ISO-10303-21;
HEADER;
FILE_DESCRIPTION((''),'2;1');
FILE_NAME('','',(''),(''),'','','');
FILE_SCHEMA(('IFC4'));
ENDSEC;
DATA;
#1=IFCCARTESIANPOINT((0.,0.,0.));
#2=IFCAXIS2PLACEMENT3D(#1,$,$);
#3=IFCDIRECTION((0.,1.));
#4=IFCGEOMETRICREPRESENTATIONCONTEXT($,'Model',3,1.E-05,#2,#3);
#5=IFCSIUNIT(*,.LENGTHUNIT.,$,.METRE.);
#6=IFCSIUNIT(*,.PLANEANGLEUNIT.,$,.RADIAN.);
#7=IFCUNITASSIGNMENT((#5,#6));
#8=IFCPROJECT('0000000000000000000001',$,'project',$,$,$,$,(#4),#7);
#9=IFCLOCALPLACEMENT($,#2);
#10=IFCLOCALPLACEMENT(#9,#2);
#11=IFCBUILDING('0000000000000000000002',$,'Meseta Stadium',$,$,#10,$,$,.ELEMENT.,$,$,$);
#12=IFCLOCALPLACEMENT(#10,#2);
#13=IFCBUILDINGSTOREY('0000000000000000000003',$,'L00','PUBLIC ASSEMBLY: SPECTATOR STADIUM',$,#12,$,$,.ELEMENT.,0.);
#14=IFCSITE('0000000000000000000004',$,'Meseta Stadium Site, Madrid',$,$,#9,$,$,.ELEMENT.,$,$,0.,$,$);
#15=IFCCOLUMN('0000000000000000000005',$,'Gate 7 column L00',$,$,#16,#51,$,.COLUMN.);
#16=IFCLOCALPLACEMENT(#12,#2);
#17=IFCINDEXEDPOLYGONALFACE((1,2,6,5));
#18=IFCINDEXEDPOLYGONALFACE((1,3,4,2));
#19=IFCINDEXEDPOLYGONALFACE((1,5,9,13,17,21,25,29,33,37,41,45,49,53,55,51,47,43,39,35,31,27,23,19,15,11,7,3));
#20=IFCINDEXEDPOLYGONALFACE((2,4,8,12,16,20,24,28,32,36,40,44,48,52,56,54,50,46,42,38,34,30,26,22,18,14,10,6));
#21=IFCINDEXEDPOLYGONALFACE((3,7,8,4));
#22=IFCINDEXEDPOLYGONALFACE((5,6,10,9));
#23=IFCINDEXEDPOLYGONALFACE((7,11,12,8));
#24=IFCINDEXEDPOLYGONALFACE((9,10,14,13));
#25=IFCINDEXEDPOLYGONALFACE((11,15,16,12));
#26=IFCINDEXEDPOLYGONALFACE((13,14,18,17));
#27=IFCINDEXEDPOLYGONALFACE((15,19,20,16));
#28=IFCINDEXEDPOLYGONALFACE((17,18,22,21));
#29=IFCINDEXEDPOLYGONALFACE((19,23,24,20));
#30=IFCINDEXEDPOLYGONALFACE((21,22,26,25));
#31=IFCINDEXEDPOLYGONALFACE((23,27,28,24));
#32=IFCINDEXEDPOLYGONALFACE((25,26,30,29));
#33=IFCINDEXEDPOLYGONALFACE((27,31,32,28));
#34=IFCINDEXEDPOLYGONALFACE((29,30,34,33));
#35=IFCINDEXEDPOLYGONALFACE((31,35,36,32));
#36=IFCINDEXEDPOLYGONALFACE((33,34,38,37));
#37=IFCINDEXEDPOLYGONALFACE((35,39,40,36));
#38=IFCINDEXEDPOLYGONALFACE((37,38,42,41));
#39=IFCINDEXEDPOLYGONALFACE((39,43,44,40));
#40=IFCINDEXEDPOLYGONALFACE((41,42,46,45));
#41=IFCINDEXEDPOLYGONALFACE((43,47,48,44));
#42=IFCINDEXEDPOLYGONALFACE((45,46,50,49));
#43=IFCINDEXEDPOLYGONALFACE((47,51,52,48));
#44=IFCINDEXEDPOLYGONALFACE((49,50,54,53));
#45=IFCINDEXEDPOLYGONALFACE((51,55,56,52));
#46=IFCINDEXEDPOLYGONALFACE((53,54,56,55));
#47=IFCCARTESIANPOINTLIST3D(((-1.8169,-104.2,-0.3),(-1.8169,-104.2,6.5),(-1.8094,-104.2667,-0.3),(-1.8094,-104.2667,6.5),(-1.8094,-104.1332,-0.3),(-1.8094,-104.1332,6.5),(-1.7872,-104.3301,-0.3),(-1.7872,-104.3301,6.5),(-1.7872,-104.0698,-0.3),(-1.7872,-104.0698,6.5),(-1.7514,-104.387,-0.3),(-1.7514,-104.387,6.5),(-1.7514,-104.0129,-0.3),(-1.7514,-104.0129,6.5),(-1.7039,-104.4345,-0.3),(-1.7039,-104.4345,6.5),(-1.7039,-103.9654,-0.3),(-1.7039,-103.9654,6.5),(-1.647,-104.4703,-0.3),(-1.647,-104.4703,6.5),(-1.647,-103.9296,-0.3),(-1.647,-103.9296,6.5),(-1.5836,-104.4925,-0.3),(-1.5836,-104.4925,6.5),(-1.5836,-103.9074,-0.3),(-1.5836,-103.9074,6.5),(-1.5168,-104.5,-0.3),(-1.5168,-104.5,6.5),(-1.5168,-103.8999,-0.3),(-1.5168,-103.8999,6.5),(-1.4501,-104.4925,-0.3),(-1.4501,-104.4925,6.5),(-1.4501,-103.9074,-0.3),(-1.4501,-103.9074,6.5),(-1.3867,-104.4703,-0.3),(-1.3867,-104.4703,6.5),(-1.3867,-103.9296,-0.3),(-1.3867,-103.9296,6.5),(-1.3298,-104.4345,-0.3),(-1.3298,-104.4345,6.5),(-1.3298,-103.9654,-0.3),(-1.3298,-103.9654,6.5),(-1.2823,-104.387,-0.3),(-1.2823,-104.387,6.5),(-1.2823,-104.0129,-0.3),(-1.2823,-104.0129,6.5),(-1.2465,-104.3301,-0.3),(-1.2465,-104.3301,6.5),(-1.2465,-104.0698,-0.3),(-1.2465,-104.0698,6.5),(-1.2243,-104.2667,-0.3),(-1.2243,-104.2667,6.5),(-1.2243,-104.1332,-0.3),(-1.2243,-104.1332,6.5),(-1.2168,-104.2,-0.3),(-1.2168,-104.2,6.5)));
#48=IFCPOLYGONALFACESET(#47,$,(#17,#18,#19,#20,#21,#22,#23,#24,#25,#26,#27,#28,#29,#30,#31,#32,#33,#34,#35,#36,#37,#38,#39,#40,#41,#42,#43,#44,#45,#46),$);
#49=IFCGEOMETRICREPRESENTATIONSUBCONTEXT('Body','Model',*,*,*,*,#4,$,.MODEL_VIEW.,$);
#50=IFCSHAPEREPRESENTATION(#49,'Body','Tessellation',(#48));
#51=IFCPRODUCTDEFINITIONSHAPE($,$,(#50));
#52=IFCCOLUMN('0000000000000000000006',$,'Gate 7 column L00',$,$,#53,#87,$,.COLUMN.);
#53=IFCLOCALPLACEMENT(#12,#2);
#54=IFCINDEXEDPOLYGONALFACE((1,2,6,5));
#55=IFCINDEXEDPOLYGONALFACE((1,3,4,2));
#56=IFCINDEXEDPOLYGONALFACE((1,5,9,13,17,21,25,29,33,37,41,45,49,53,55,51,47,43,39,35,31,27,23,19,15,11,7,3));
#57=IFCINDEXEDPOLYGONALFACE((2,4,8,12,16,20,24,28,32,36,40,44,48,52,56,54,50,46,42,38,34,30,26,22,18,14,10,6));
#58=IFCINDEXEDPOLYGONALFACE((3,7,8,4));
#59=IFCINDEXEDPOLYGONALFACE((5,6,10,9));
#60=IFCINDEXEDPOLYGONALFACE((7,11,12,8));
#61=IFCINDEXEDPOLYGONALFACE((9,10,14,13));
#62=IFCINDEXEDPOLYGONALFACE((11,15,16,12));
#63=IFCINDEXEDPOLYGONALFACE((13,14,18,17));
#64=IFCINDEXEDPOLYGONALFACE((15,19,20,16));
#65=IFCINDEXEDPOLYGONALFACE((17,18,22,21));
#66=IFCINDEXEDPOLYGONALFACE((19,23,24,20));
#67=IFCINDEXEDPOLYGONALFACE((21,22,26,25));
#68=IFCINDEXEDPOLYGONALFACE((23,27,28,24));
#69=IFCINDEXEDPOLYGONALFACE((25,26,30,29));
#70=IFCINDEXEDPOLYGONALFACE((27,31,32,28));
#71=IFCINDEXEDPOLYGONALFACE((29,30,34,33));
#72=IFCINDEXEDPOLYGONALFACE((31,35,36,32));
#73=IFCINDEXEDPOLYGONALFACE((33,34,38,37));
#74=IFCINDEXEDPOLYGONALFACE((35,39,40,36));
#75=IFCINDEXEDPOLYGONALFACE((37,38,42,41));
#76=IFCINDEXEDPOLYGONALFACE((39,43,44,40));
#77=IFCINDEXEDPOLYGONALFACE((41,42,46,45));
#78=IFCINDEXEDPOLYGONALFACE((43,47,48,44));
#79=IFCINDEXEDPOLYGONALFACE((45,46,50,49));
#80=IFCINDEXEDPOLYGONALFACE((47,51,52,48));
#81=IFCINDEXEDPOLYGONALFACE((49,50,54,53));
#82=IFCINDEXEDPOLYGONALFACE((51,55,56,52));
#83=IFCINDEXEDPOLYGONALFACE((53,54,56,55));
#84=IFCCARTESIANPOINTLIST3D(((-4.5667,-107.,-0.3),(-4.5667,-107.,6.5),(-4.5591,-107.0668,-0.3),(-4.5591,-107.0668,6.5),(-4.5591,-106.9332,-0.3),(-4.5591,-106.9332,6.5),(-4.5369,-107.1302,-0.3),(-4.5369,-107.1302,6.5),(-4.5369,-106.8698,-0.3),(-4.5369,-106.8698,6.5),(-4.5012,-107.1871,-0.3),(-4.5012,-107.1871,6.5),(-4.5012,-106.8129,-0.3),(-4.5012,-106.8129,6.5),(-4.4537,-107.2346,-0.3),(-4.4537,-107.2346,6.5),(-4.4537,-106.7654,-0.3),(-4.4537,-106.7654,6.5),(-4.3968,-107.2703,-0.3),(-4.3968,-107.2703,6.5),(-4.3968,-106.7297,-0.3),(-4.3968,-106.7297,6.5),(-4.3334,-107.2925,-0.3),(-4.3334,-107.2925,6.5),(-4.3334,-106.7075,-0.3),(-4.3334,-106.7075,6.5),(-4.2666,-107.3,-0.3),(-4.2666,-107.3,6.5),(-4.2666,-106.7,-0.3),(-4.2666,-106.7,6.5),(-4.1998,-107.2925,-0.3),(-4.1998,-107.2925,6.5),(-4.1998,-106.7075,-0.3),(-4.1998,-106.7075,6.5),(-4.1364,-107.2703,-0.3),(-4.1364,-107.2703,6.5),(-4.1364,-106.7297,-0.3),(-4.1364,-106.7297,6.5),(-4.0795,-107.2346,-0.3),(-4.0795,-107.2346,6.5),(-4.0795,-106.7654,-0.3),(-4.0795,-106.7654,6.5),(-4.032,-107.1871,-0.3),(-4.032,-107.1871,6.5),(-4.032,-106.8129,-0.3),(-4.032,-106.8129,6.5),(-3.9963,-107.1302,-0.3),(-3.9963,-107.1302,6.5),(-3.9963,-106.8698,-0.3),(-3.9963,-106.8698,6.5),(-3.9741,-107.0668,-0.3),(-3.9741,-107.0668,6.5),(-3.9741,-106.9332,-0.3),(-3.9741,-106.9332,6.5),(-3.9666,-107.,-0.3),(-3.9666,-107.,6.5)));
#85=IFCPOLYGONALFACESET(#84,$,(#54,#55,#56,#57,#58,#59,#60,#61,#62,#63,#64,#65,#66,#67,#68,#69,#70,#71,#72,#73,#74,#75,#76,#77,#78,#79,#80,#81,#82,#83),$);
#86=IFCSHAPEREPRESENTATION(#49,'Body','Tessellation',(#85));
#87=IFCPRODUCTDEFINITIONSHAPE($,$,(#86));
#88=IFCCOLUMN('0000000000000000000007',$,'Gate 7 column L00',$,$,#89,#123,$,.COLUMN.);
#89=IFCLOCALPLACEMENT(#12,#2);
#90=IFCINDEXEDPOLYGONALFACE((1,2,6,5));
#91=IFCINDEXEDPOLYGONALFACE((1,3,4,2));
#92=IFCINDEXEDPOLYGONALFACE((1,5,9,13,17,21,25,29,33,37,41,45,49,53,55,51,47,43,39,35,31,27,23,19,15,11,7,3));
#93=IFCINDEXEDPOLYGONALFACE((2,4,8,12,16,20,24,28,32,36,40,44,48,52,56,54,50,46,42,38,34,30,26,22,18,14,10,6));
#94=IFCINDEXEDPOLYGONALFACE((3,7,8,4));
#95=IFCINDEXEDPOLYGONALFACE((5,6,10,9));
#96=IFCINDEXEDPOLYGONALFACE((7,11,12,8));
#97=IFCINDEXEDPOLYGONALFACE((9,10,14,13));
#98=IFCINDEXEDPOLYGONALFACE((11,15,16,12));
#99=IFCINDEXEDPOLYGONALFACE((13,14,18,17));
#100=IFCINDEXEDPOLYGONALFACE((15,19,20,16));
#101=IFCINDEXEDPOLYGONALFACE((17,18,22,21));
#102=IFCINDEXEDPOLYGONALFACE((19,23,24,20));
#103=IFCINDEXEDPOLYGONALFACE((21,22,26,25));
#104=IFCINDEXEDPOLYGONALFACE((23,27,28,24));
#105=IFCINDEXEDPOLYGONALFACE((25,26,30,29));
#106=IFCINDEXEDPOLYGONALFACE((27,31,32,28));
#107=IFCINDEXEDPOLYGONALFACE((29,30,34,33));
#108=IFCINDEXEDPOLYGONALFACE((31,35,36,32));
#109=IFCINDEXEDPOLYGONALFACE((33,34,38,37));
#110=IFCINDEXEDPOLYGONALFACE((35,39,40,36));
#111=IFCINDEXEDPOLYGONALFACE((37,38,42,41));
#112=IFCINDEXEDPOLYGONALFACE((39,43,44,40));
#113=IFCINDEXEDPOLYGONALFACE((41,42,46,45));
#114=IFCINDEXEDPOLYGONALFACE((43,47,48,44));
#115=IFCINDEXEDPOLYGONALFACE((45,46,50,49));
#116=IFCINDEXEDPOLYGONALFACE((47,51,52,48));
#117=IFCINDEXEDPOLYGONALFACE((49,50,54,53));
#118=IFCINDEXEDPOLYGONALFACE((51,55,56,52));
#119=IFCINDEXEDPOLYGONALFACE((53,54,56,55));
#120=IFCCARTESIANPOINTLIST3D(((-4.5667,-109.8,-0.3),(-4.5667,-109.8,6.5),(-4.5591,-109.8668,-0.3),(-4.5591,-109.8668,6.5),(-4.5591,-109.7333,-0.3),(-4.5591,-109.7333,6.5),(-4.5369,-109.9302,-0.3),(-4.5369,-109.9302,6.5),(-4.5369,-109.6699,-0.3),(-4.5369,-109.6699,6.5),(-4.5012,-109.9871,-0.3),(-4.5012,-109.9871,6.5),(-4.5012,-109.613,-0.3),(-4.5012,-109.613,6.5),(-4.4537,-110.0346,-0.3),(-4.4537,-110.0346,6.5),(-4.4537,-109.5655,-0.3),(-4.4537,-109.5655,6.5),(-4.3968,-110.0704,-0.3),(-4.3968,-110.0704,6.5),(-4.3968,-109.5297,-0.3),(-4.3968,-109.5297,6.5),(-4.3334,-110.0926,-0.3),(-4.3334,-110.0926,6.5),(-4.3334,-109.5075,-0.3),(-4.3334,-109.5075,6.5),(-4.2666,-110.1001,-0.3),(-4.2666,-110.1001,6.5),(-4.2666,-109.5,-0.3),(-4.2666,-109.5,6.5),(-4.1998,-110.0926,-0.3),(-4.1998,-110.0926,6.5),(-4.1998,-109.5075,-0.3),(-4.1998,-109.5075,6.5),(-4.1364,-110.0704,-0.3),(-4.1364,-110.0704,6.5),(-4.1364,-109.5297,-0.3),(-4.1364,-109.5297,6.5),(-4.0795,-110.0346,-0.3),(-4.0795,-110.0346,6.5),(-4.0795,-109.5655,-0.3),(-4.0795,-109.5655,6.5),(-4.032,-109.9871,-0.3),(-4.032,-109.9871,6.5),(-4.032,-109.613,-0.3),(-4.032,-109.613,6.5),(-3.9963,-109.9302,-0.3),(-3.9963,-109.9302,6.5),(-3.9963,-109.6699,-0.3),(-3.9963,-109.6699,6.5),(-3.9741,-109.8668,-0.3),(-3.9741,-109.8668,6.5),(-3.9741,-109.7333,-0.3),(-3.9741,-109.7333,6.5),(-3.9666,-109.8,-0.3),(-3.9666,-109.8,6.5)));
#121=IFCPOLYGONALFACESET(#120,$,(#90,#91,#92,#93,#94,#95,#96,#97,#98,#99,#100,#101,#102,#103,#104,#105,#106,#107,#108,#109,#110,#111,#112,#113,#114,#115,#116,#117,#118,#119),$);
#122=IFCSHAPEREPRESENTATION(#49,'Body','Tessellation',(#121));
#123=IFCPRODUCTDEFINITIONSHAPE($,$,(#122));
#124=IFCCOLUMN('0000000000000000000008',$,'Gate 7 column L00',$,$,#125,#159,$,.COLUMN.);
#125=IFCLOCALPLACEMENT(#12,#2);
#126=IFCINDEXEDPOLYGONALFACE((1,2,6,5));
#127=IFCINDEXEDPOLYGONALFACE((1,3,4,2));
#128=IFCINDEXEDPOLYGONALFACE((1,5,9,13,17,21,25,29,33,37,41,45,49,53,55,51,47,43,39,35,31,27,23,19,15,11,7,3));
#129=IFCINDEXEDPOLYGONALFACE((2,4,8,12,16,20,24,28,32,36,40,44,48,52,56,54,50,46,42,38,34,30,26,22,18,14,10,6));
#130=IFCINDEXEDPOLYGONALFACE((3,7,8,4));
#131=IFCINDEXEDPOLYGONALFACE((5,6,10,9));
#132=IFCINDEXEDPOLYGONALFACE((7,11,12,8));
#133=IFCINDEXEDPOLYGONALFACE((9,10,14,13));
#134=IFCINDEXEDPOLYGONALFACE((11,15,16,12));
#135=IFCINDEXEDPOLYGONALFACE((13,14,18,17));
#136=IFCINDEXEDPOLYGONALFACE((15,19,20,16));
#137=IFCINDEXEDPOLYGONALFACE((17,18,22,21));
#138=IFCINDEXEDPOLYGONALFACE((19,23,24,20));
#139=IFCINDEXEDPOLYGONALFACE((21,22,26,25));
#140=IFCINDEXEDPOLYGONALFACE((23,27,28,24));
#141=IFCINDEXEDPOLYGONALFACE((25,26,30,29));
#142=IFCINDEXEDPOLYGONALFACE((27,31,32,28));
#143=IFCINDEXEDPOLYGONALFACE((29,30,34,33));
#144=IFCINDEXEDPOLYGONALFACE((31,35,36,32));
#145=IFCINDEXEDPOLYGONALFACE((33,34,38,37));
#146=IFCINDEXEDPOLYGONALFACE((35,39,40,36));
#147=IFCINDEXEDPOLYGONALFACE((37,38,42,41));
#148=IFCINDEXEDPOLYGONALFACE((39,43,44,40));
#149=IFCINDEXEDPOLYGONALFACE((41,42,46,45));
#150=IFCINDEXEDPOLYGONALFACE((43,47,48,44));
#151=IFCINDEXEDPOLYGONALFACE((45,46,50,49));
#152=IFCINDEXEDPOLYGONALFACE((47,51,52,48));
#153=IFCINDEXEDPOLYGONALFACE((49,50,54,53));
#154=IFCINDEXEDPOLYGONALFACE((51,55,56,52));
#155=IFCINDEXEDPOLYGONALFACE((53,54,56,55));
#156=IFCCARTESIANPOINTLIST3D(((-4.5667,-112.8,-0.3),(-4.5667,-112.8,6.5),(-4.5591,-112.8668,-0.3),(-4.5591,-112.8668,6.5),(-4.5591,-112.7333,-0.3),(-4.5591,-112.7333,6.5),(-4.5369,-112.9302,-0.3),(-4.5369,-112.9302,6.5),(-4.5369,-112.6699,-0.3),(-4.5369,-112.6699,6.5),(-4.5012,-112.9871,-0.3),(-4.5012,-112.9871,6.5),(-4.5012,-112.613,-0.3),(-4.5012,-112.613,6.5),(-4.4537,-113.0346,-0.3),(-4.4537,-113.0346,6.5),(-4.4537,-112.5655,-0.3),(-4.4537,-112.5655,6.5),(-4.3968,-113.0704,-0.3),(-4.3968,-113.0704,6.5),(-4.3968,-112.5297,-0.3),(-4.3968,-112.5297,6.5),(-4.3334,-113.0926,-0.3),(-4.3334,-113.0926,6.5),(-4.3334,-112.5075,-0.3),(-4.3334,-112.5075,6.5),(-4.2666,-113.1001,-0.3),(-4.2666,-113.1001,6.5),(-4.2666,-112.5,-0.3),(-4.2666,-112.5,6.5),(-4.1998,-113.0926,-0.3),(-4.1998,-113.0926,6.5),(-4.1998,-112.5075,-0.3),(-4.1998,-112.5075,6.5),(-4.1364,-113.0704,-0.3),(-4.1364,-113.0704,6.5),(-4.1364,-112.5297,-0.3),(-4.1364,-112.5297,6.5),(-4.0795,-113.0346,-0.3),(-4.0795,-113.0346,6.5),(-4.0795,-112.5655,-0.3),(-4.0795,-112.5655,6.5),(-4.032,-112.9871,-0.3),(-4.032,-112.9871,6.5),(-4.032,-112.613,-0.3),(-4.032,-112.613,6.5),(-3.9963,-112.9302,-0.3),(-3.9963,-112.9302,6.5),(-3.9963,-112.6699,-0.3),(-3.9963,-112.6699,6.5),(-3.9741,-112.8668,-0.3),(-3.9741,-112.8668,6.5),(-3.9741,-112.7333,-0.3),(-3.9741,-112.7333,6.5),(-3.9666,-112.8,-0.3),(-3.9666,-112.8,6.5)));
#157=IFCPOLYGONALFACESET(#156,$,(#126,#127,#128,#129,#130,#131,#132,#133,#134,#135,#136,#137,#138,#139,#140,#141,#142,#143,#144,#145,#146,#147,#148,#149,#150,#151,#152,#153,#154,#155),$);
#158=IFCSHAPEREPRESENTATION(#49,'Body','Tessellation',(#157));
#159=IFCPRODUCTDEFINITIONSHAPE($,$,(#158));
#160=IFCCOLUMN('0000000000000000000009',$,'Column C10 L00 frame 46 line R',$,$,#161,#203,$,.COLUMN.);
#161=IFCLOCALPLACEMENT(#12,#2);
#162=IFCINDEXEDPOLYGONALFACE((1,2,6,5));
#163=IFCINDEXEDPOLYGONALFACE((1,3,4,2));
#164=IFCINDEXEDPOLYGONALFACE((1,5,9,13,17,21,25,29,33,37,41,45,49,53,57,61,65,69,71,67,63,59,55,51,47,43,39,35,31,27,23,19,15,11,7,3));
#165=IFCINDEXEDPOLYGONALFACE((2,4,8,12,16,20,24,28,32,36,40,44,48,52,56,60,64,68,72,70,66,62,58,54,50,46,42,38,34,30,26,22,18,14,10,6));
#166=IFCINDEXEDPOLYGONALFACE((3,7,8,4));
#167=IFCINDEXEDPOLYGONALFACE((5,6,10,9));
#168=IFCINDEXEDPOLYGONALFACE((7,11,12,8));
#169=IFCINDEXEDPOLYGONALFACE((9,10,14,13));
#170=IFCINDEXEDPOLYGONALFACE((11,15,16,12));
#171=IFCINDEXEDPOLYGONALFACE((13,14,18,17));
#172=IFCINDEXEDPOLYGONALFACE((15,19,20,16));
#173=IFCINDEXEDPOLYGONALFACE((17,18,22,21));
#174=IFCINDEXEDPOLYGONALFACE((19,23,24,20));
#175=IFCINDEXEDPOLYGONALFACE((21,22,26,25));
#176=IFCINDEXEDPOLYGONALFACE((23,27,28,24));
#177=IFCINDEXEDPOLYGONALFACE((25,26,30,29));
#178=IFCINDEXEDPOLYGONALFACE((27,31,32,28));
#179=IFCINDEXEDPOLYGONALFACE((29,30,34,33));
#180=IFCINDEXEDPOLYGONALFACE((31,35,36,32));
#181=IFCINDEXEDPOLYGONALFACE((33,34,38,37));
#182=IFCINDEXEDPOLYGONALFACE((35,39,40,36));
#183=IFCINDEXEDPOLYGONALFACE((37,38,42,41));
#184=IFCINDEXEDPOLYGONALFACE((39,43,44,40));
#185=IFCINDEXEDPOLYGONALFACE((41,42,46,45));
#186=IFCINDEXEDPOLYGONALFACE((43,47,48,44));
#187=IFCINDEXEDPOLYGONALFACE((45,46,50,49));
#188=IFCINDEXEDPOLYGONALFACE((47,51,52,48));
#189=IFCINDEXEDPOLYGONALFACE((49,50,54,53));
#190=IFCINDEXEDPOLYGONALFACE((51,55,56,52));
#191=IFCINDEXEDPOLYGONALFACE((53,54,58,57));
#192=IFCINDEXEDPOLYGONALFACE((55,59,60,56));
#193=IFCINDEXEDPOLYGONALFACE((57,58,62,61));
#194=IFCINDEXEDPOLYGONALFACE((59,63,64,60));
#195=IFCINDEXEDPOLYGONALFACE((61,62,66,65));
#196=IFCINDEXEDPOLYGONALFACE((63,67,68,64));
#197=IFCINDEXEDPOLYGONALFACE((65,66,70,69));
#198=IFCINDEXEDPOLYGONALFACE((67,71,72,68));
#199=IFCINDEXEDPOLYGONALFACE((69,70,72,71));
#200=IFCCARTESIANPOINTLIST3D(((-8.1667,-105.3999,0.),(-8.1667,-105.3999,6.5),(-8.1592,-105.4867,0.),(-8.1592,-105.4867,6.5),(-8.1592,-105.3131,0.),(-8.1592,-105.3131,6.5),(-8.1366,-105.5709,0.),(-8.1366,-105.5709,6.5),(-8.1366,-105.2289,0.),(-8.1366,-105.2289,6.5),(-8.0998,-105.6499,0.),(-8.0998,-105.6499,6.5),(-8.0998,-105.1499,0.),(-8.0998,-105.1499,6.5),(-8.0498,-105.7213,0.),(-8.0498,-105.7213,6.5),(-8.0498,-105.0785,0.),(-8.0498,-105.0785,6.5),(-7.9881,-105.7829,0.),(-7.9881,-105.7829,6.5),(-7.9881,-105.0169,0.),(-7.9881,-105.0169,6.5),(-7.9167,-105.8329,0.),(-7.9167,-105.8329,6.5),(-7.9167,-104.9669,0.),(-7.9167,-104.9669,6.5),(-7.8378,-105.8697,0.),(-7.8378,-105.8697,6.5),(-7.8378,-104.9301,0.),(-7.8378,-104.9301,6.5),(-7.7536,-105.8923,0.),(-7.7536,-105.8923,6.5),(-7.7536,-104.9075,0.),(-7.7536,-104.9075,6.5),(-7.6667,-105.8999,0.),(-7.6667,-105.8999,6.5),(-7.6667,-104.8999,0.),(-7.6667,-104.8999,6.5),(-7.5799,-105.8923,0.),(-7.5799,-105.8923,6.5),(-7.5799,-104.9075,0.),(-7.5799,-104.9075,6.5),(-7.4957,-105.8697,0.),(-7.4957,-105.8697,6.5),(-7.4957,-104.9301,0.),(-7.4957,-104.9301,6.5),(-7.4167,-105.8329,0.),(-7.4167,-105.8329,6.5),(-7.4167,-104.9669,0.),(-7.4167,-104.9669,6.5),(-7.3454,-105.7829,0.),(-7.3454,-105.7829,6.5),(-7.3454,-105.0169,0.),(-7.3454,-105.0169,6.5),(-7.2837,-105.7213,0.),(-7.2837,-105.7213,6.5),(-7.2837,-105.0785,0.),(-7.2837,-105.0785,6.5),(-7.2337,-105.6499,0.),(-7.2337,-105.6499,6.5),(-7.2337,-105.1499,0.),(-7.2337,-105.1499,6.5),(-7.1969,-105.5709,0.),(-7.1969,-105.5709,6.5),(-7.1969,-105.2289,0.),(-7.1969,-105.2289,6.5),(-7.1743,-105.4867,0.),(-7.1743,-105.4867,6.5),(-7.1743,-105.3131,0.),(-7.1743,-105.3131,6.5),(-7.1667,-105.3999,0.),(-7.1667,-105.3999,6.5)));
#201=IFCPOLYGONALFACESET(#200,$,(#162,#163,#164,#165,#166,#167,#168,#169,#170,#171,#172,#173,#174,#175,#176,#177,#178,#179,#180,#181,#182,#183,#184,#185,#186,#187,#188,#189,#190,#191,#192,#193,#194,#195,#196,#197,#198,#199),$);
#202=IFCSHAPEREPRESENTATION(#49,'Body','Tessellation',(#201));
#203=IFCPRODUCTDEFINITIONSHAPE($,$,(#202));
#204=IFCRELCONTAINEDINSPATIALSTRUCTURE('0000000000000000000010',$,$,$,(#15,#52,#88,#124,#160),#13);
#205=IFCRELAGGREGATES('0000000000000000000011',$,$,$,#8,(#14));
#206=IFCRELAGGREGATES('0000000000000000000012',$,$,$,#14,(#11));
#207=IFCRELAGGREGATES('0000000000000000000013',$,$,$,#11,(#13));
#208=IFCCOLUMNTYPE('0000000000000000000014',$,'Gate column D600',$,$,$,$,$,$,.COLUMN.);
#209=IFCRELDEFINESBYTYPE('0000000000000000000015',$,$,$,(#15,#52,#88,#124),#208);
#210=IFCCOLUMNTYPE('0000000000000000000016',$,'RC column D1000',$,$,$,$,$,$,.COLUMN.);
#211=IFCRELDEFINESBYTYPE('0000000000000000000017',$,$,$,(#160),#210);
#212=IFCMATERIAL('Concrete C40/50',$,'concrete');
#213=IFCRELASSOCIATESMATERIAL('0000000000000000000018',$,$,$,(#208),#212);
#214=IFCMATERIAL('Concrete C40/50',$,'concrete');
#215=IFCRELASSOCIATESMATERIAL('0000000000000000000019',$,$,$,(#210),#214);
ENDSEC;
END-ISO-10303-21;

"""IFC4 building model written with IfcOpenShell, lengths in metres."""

from ifc_helpers import new_model, si_unit, direction, frame, origin, origin_2d, place, context, subcontext, project, spatial, circle, extrude, material, material_profile, profile_set, type_object, element, save


model = new_model("IFC4")

# Units and contexts
model_context = context("Model", 3, precision=1e-05, world=origin(), true_north=direction((0.0, 1.0)))
body_context = subcontext(model_context, "Body", "Model", "MODEL_VIEW")
ifc_project = project(units=[si_unit("LENGTHUNIT", "METRE"), si_unit("PLANEANGLEUNIT", "RADIAN")], contexts=[model_context])

# Site, building, storey
site_placement = place(None, origin())
site = spatial("IfcSite", under=ifc_project, at=site_placement, Name="Meseta Stadium Site, Madrid", CompositionType="ELEMENT", RefElevation=0.0)
building_placement = place(site_placement, origin())
building = spatial("IfcBuilding", under=site, at=building_placement, Name="Meseta Stadium", CompositionType="ELEMENT")
storey_placement = place(building_placement, origin())
storey = spatial("IfcBuildingStorey", under=building, at=storey_placement, Name="L00", Description="PUBLIC ASSEMBLY: SPECTATOR STADIUM", CompositionType="ELEMENT", Elevation=0.0)

# Columns
ifc_material_1 = material(Name="Concrete C40/50", Category="concrete")
ifc_material_profile_1 = material_profile(ifc_material_1, circle(Radius=0.3, at=origin_2d()), Name="RC D600")
ifc_profile_set_1 = profile_set([ifc_material_profile_1], Name="Concrete C40/50")
column_type_1 = type_object("IfcColumnType", Name="Gate column D600", PredefinedType="COLUMN", material=ifc_profile_set_1)
for number, where, z_axis, x_axis, name in (
    (1, (-1.5168, -104.2, -0.3), (0.0, 0.0, 1.0), (1.0, 0.0, 0.0), "Gate 7 column L00"),
    (2, (-4.2666, -107.0, -0.3), (0.0, 0.0, 1.0), (1.0, 0.0, 0.0), "Gate 7 column L00"),
    (3, (-4.2666, -109.8, -0.3), (0.0, 0.0, 1.0), (1.0, 0.0, 0.0), "Gate 7 column L00"),
    (4, (-4.2666, -112.8, -0.3), (0.0, 0.0, 1.0), (1.0, 0.0, 0.0), "Gate 7 column L00"),
):
    element("IfcColumn", number, at=place(storey_placement, frame(where, z_axis=z_axis, x_axis=x_axis)), inside=storey, type_object=column_type_1, Name=name, PredefinedType="COLUMN", context=body_context, shape_type="SweptSolid", body=[
        extrude(circle(Radius=0.3, at=origin_2d()), origin(), (0.0, 0.0, 1.0), 6.8),
    ])
ifc_material_2 = material(Name="Concrete C40/50", Category="concrete")
ifc_material_profile_2 = material_profile(ifc_material_2, circle(Radius=0.5, at=origin_2d()), Name="RC D1000")
ifc_profile_set_2 = profile_set([ifc_material_profile_2], Name="Concrete C40/50")
column_type_2 = type_object("IfcColumnType", Name="RC column D1000", PredefinedType="COLUMN", material=ifc_profile_set_2)
column_placement = place(storey_placement, frame((-7.6667, -105.3999, 0.0), z_axis=(0.0, 0.0, 1.0), x_axis=(1.0, 0.0, 0.0)))
element("IfcColumn", 5, at=column_placement, inside=storey, type_object=column_type_2, Name="Column C10 L00 frame 46 line R", PredefinedType="COLUMN", context=body_context, shape_type="SweptSolid", body=[
    extrude(circle(Radius=0.5, at=origin_2d()), origin(), (0.0, 0.0, 1.0), 6.5),
])

save(model, "model.ifc")
